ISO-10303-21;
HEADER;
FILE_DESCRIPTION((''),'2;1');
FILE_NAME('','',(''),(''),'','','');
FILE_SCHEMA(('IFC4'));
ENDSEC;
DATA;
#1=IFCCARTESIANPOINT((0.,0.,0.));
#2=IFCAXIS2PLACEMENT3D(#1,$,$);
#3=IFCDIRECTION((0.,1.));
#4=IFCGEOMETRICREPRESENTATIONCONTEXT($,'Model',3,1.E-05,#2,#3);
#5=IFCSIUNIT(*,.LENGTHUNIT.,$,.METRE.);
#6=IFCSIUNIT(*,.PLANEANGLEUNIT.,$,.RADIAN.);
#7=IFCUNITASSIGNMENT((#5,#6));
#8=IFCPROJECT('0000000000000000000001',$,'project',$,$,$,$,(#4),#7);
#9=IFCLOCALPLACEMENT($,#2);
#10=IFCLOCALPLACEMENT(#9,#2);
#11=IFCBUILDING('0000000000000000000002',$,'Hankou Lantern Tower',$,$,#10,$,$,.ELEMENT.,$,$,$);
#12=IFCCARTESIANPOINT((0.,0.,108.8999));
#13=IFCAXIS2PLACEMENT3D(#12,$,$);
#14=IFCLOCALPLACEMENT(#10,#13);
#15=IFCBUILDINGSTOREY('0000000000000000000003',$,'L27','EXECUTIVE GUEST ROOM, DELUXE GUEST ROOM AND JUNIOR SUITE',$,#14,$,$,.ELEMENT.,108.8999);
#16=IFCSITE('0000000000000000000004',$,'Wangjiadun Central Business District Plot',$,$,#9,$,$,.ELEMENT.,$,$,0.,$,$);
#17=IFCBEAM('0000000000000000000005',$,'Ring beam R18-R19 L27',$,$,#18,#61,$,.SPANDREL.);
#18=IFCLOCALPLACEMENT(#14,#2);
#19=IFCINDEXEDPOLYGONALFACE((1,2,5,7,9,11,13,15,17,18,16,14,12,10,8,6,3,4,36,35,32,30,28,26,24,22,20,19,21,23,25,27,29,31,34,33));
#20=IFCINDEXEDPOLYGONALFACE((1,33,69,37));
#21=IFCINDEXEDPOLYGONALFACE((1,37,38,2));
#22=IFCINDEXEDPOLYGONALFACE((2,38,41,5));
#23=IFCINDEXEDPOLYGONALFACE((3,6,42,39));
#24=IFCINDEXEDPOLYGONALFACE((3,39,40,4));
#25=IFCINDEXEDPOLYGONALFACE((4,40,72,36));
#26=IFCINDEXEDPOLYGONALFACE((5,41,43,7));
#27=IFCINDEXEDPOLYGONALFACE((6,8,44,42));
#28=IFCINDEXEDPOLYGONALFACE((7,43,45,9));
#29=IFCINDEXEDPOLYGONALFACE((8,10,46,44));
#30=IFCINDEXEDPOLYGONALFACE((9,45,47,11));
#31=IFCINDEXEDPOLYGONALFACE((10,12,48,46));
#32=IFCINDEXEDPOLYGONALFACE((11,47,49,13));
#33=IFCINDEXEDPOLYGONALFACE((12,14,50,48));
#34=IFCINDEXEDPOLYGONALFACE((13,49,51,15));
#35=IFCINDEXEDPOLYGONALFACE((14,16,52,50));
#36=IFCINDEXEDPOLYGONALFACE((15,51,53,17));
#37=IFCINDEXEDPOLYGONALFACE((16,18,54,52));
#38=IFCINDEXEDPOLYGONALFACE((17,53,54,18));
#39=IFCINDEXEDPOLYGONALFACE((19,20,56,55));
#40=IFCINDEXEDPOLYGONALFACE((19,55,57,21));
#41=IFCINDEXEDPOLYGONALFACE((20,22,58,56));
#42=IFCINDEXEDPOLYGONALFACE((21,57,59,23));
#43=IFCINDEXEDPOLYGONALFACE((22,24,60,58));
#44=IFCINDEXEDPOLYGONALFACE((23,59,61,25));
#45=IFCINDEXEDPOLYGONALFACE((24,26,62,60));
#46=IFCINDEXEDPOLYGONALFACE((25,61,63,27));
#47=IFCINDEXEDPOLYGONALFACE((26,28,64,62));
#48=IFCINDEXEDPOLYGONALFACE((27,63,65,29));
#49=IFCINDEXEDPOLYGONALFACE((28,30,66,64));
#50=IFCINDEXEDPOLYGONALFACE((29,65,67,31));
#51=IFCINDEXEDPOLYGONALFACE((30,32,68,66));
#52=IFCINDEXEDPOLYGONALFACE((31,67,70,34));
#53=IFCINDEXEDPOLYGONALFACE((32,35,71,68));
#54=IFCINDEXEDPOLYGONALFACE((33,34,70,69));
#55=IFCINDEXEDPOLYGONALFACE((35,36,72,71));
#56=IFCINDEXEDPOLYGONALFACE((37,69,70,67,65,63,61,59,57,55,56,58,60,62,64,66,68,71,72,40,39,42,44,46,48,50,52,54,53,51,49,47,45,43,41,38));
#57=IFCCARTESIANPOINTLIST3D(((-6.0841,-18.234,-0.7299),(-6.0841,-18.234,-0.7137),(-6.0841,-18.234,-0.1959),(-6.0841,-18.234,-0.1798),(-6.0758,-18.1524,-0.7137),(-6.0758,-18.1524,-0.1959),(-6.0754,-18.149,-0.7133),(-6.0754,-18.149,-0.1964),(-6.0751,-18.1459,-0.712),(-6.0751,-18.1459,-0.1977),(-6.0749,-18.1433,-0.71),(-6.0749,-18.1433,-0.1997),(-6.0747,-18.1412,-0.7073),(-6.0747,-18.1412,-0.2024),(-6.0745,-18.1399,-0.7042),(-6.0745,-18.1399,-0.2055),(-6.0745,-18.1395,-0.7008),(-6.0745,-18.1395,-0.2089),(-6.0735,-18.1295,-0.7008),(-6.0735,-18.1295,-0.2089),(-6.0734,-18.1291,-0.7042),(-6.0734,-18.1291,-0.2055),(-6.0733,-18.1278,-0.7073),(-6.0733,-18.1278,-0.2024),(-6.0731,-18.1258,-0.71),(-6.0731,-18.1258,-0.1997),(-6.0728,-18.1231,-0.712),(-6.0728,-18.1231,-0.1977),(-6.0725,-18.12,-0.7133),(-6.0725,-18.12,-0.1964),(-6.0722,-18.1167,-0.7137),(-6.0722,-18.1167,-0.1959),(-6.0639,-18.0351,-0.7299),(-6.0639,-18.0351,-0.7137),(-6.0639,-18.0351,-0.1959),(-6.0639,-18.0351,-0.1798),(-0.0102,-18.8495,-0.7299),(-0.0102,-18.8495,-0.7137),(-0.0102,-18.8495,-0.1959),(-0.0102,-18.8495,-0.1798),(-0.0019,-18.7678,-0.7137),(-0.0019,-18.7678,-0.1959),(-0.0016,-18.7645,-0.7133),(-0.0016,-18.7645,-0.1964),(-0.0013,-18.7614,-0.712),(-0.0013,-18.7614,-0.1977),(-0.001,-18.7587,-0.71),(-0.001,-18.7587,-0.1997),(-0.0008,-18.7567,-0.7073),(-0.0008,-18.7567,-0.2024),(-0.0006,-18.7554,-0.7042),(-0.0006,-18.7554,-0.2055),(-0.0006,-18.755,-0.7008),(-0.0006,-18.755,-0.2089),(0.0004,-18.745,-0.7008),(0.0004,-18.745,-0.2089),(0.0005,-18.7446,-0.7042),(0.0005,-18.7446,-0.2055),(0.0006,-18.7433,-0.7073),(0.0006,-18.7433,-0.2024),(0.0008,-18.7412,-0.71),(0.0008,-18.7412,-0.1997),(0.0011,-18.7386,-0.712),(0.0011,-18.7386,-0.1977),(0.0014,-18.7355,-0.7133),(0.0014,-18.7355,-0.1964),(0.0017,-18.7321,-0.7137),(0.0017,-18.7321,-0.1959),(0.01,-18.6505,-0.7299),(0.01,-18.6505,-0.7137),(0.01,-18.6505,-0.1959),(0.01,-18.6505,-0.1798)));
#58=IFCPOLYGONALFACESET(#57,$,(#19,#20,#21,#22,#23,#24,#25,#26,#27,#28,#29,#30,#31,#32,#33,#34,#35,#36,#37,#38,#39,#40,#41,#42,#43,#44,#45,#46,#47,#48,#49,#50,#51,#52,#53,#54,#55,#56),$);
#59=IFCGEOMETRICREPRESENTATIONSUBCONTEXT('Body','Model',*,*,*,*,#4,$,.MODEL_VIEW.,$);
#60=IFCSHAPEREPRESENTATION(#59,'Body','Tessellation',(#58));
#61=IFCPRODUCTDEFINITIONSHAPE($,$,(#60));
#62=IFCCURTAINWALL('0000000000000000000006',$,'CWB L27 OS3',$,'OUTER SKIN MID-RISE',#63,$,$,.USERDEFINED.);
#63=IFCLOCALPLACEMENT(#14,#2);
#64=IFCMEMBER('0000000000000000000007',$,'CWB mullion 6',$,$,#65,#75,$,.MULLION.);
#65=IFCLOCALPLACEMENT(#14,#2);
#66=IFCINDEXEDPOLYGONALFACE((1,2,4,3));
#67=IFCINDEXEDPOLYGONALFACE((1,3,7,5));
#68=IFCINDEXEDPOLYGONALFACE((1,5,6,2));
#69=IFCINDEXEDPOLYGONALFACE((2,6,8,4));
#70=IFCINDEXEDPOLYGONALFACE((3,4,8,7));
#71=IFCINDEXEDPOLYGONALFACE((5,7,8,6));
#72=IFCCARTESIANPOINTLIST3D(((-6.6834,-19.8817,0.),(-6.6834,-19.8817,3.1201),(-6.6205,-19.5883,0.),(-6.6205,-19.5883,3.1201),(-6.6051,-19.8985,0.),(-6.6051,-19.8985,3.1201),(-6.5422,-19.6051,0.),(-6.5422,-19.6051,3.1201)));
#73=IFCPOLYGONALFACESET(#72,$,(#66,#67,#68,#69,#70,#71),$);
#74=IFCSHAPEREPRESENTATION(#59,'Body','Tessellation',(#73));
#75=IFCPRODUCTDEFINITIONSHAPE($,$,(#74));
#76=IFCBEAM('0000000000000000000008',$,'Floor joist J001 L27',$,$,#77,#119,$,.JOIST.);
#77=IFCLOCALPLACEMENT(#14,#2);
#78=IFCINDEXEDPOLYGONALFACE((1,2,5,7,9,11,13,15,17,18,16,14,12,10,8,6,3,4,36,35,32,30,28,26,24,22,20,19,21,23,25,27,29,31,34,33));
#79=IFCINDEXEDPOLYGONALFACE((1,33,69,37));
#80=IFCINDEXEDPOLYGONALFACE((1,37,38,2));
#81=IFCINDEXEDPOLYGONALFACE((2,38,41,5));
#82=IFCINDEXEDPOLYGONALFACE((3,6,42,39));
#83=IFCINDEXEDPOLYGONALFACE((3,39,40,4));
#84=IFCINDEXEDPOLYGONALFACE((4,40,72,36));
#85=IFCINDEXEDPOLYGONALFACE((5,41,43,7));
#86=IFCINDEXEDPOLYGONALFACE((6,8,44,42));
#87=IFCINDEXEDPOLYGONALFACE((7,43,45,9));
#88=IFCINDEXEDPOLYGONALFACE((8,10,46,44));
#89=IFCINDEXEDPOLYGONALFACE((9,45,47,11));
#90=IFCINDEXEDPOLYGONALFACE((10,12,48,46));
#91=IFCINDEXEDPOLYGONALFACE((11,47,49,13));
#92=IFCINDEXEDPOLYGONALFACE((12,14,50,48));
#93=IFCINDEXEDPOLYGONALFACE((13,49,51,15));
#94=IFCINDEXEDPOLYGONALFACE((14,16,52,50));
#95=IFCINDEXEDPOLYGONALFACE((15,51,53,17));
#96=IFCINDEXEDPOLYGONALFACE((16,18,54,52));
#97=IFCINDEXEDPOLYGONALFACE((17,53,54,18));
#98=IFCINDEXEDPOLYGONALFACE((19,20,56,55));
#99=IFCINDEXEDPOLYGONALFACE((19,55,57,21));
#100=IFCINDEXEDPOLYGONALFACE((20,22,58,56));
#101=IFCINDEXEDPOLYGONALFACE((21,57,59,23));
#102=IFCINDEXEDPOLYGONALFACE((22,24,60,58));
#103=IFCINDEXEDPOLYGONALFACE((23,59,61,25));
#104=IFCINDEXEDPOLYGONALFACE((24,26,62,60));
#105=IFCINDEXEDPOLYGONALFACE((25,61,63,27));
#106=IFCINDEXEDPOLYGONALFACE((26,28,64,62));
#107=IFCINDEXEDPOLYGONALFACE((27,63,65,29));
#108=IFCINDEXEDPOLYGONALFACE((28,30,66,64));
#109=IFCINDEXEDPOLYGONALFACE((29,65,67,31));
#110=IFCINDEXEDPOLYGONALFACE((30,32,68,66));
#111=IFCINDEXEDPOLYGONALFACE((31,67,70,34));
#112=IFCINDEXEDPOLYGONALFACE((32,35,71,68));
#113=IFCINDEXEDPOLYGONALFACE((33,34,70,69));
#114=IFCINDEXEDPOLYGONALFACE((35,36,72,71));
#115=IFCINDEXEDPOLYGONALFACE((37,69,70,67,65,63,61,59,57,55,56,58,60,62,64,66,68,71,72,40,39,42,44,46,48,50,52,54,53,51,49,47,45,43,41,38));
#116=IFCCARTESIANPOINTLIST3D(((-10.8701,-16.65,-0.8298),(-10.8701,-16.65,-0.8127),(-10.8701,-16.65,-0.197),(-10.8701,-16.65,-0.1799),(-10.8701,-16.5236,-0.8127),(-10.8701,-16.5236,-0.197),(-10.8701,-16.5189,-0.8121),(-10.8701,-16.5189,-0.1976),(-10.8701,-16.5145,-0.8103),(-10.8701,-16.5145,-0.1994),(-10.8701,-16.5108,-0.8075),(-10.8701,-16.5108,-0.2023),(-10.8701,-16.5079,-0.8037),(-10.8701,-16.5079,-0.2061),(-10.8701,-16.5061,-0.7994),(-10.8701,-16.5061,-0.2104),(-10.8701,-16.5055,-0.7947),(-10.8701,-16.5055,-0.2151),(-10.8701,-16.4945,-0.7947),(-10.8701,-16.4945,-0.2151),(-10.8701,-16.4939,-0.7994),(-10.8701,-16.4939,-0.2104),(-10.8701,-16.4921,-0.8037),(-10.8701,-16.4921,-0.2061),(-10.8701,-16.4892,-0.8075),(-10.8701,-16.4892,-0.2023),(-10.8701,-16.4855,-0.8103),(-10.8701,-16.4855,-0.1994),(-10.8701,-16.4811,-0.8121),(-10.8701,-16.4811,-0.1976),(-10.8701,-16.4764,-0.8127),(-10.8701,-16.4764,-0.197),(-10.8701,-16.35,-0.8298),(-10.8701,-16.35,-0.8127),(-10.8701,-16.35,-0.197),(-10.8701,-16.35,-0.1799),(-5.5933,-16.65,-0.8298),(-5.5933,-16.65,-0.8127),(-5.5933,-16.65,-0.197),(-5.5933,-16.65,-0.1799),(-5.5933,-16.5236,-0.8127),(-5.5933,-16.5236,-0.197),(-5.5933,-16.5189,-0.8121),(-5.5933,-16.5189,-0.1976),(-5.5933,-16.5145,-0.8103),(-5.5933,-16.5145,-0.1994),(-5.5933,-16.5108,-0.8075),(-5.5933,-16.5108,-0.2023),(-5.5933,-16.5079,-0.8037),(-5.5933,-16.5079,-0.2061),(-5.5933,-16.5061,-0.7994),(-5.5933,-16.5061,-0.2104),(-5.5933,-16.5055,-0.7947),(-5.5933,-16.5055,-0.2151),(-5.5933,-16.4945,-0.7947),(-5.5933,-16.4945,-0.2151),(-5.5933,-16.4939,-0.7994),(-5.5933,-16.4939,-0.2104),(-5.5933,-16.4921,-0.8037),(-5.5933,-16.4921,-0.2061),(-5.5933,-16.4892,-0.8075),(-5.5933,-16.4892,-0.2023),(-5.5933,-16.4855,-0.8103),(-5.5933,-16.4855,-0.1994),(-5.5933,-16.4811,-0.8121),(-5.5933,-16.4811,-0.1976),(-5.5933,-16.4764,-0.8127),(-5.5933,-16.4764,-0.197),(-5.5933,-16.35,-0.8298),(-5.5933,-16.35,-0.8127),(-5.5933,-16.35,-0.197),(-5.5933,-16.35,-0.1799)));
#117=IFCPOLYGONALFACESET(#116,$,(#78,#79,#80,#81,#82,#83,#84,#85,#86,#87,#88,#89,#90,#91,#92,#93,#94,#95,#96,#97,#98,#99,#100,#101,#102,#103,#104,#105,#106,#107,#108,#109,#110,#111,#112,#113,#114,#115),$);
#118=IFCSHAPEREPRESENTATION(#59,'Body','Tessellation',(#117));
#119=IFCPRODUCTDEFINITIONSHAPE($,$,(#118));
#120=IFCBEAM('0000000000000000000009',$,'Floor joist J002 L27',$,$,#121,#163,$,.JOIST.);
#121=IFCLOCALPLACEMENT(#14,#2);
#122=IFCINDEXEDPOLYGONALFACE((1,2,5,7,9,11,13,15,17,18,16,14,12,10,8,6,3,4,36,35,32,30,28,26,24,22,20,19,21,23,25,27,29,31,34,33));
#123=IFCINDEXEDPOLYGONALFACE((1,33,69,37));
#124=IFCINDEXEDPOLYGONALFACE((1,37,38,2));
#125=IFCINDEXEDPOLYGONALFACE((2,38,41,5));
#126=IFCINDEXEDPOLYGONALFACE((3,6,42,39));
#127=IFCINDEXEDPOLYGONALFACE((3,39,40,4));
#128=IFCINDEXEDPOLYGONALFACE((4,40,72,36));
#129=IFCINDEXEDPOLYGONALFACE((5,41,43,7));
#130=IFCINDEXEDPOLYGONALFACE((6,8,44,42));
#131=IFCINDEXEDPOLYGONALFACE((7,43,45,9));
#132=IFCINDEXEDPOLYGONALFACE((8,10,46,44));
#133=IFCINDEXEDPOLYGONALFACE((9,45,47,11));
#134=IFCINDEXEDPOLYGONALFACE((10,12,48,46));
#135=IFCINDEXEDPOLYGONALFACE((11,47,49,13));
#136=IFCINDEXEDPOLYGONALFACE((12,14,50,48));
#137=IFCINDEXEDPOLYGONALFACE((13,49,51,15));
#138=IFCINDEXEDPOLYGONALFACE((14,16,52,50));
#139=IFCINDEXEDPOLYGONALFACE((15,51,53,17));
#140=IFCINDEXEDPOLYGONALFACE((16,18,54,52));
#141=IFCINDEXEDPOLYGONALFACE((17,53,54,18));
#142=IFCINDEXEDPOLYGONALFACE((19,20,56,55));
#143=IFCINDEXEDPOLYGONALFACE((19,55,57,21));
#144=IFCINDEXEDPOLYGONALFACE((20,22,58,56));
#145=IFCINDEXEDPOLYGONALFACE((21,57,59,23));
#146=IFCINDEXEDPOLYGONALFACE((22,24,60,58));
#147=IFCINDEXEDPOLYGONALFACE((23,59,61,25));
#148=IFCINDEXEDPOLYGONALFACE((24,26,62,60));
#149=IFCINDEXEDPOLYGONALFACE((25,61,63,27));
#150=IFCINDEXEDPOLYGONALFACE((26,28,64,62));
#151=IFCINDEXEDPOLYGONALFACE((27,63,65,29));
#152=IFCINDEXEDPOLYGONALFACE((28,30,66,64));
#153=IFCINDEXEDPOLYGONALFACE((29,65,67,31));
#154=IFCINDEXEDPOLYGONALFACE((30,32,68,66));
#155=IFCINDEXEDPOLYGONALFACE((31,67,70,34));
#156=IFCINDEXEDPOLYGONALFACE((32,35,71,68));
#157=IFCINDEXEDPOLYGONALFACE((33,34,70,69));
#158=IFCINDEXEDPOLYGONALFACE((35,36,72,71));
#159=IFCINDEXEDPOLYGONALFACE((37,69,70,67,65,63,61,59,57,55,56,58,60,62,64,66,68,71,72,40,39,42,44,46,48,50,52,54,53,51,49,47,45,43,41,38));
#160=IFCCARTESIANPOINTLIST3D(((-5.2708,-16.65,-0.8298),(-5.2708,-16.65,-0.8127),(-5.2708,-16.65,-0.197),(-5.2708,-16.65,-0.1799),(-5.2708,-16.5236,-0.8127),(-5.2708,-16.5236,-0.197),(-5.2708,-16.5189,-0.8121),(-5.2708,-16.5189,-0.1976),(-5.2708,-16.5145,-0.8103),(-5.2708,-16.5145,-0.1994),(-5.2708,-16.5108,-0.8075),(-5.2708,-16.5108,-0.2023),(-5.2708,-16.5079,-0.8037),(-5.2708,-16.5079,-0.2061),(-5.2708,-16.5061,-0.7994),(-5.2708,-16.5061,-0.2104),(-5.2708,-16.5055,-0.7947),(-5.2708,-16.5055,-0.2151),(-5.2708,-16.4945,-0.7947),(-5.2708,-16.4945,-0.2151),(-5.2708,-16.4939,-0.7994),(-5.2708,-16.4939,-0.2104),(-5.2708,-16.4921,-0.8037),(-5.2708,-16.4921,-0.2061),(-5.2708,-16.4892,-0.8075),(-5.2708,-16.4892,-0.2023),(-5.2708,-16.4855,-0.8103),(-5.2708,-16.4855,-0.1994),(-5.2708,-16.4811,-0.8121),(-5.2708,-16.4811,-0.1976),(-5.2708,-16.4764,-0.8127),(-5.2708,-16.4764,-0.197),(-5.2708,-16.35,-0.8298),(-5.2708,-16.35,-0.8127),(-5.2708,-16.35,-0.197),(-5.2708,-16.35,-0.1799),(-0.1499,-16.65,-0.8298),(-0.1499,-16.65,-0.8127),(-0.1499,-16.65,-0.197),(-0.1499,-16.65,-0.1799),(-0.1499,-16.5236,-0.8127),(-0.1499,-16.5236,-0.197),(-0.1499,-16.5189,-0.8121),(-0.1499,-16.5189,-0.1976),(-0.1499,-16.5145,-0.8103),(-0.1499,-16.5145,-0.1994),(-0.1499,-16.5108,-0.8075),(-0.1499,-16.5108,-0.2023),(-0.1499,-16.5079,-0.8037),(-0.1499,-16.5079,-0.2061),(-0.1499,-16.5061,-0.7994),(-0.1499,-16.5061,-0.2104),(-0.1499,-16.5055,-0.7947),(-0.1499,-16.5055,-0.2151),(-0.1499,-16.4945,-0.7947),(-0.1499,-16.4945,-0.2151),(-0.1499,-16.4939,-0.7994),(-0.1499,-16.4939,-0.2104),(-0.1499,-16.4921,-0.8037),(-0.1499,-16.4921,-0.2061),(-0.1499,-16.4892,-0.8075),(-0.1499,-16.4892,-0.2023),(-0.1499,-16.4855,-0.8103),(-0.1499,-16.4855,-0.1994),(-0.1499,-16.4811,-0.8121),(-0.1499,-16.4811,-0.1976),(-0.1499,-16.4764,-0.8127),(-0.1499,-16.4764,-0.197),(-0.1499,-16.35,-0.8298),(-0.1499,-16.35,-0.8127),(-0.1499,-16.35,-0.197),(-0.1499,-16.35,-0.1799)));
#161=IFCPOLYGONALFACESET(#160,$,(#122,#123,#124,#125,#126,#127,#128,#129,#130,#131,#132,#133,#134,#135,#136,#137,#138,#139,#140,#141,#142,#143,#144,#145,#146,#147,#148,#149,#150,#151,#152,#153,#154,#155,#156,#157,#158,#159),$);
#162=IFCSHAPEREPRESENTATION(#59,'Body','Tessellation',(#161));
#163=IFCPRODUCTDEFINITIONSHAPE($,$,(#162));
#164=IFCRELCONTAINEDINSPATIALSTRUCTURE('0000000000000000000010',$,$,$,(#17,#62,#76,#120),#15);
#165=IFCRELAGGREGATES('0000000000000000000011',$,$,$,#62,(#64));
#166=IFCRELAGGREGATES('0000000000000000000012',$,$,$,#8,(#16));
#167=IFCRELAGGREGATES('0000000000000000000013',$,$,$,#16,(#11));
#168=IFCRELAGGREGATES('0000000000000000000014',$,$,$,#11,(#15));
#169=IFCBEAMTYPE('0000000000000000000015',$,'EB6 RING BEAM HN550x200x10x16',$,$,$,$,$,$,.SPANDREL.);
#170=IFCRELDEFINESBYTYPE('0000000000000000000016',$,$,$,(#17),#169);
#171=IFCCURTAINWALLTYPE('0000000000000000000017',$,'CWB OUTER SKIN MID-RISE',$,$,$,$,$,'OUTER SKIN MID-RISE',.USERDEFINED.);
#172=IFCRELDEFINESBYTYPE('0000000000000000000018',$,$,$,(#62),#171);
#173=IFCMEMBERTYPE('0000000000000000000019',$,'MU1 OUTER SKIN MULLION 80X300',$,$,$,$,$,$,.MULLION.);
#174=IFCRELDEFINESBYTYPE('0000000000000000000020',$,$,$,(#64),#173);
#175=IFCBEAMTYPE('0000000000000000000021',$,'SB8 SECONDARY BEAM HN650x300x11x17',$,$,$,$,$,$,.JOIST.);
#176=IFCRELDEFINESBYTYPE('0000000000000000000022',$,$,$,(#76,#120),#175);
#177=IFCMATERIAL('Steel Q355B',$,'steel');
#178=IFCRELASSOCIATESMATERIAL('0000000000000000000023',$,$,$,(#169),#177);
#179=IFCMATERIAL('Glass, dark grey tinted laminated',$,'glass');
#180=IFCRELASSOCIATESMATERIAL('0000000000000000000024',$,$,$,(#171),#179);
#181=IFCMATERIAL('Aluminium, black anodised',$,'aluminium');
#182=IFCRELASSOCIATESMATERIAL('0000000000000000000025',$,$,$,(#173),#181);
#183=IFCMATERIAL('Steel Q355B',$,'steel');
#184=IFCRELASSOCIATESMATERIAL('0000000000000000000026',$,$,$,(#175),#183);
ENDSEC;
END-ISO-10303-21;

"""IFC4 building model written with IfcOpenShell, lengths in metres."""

from ifc_helpers import new_model, si_unit, direction, frame, origin, origin_2d, place, context, subcontext, project, spatial, rectangle, i_section, extrude, material, material_profile, profile_set, type_object, element, aggregate, save


model = new_model("IFC4")

# Units and contexts
model_context = context("Model", 3, precision=1e-05, world=origin(), true_north=direction((0.0, 1.0)))
body_context = subcontext(model_context, "Body", "Model", "MODEL_VIEW")
ifc_project = project(units=[si_unit("LENGTHUNIT", "METRE"), si_unit("PLANEANGLEUNIT", "RADIAN")], contexts=[model_context])

# Site, building, storey
site_placement = place(None, origin())
site = spatial("IfcSite", under=ifc_project, at=site_placement, Name="Wangjiadun Central Business District Plot", CompositionType="ELEMENT", RefElevation=0.0)
building_placement = place(site_placement, origin())
building = spatial("IfcBuilding", under=site, at=building_placement, Name="Hankou Lantern Tower", CompositionType="ELEMENT")
storey_placement = place(building_placement, frame((0.0, 0.0, 108.8999)))
storey = spatial("IfcBuildingStorey", under=building, at=storey_placement, Name="L27", Description="EXECUTIVE GUEST ROOM, DELUXE GUEST ROOM AND JUNIOR SUITE", CompositionType="ELEMENT", Elevation=108.8999)

# Beam
ifc_material_1 = material(Name="Steel Q355B", Category="steel")
ifc_material_profile_1 = material_profile(ifc_material_1, i_section(OverallWidth=0.2, OverallDepth=0.55, WebThickness=0.01, FlangeThickness=0.0161, FilletRadius=0.0129, at=origin_2d()), Name="HN550x200x10x16")
ifc_profile_set_1 = profile_set([ifc_material_profile_1], Name="Steel Q355B")
beam_type_1 = type_object("IfcBeamType", Name="EB6 RING BEAM HN550x200x10x16", PredefinedType="SPANDREL", material=ifc_profile_set_1)
beam_1_placement = place(storey_placement, frame((-6.074, -18.1345, -0.4548), z_axis=(0.994905, -0.100814, 0.0), x_axis=(0.100814, 0.994905, 0.0)))
element("IfcBeam", 1, at=beam_1_placement, inside=storey, type_object=beam_type_1, Name="Ring beam R18-R19 L27", PredefinedType="SPANDREL", context=body_context, shape_type="SweptSolid", body=[
    extrude(i_section(OverallWidth=0.2, OverallDepth=0.55, WebThickness=0.01, FlangeThickness=0.0161, FilletRadius=0.0129, at=origin_2d()), origin(), (0.0, 0.0, 1.0), 6.105),
])

# Curtain wall, member
ifc_material_2 = material(Name="Glass, dark grey tinted laminated", Category="glass")
curtain_wall_type = type_object("IfcCurtainWallType", Name="CWB OUTER SKIN MID-RISE", ElementType="OUTER SKIN MID-RISE", PredefinedType="USERDEFINED", material=ifc_material_2)
curtain_wall_placement = place(storey_placement, origin())
curtain_wall = element("IfcCurtainWall", 2, at=curtain_wall_placement, inside=storey, type_object=curtain_wall_type, Name="CWB L27 OS3", ObjectType="OUTER SKIN MID-RISE", PredefinedType="USERDEFINED")
ifc_material_3 = material(Name="Aluminium, black anodised", Category="aluminium")
ifc_material_profile_2 = material_profile(ifc_material_3, rectangle(XDim=0.0801, YDim=0.3, at=origin_2d()), Name="MU1 80X300")
ifc_profile_set_2 = profile_set([ifc_material_profile_2], Name="Aluminium, black anodised")
member_type_1 = type_object("IfcMemberType", Name="MU1 OUTER SKIN MULLION 80X300", PredefinedType="MULLION", material=ifc_profile_set_2)
member_1_placement = place(storey_placement, frame((-6.6128, -19.7434, 0.0), z_axis=(0.0, 0.0, 1.0), x_axis=(0.977788, -0.209598, 0.0)))
member_1 = element("IfcMember", 3, at=member_1_placement, type_object=member_type_1, Name="CWB mullion 6", PredefinedType="MULLION", context=body_context, shape_type="SweptSolid", body=[
    extrude(rectangle(XDim=0.0801, YDim=0.3, at=origin_2d()), origin(), (0.0, 0.0, 1.0), 3.1201),
])

# Beams
ifc_material_4 = material(Name="Steel Q355B", Category="steel")
ifc_material_profile_3 = material_profile(ifc_material_4, i_section(OverallWidth=0.3, OverallDepth=0.6499, WebThickness=0.011, FlangeThickness=0.0171, FilletRadius=0.0181, at=origin_2d()), Name="HN650x300x11x17")
ifc_profile_set_3 = profile_set([ifc_material_profile_3], Name="Steel Q355B")
beam_type_2 = type_object("IfcBeamType", Name="SB8 SECONDARY BEAM HN650x300x11x17", PredefinedType="JOIST", material=ifc_profile_set_3)
beam_2_placement = place(storey_placement, frame((-10.8701, -16.5, -0.5049), z_axis=(1.0, 0.0, 0.0), x_axis=(0.0, 1.0, 0.0)))
element("IfcBeam", 4, at=beam_2_placement, inside=storey, type_object=beam_type_2, Name="Floor joist J001 L27", PredefinedType="JOIST", context=body_context, shape_type="SweptSolid", body=[
    extrude(i_section(OverallWidth=0.3, OverallDepth=0.6499, WebThickness=0.011, FlangeThickness=0.0171, FilletRadius=0.0181, at=origin_2d()), origin(), (0.0, 0.0, 1.0), 5.2769),
])
beam_3_placement = place(storey_placement, frame((-5.2708, -16.5, -0.5049), z_axis=(1.0, 0.0, 0.0), x_axis=(0.0, 1.0, 0.0)))
element("IfcBeam", 5, at=beam_3_placement, inside=storey, type_object=beam_type_2, Name="Floor joist J002 L27", PredefinedType="JOIST", context=body_context, shape_type="SweptSolid", body=[
    extrude(i_section(OverallWidth=0.3, OverallDepth=0.6499, WebThickness=0.011, FlangeThickness=0.0171, FilletRadius=0.0181, at=origin_2d()), origin(), (0.0, 0.0, 1.0), 5.1208),
])

aggregate(curtain_wall, [member_1])

save(model, "model.ifc")
